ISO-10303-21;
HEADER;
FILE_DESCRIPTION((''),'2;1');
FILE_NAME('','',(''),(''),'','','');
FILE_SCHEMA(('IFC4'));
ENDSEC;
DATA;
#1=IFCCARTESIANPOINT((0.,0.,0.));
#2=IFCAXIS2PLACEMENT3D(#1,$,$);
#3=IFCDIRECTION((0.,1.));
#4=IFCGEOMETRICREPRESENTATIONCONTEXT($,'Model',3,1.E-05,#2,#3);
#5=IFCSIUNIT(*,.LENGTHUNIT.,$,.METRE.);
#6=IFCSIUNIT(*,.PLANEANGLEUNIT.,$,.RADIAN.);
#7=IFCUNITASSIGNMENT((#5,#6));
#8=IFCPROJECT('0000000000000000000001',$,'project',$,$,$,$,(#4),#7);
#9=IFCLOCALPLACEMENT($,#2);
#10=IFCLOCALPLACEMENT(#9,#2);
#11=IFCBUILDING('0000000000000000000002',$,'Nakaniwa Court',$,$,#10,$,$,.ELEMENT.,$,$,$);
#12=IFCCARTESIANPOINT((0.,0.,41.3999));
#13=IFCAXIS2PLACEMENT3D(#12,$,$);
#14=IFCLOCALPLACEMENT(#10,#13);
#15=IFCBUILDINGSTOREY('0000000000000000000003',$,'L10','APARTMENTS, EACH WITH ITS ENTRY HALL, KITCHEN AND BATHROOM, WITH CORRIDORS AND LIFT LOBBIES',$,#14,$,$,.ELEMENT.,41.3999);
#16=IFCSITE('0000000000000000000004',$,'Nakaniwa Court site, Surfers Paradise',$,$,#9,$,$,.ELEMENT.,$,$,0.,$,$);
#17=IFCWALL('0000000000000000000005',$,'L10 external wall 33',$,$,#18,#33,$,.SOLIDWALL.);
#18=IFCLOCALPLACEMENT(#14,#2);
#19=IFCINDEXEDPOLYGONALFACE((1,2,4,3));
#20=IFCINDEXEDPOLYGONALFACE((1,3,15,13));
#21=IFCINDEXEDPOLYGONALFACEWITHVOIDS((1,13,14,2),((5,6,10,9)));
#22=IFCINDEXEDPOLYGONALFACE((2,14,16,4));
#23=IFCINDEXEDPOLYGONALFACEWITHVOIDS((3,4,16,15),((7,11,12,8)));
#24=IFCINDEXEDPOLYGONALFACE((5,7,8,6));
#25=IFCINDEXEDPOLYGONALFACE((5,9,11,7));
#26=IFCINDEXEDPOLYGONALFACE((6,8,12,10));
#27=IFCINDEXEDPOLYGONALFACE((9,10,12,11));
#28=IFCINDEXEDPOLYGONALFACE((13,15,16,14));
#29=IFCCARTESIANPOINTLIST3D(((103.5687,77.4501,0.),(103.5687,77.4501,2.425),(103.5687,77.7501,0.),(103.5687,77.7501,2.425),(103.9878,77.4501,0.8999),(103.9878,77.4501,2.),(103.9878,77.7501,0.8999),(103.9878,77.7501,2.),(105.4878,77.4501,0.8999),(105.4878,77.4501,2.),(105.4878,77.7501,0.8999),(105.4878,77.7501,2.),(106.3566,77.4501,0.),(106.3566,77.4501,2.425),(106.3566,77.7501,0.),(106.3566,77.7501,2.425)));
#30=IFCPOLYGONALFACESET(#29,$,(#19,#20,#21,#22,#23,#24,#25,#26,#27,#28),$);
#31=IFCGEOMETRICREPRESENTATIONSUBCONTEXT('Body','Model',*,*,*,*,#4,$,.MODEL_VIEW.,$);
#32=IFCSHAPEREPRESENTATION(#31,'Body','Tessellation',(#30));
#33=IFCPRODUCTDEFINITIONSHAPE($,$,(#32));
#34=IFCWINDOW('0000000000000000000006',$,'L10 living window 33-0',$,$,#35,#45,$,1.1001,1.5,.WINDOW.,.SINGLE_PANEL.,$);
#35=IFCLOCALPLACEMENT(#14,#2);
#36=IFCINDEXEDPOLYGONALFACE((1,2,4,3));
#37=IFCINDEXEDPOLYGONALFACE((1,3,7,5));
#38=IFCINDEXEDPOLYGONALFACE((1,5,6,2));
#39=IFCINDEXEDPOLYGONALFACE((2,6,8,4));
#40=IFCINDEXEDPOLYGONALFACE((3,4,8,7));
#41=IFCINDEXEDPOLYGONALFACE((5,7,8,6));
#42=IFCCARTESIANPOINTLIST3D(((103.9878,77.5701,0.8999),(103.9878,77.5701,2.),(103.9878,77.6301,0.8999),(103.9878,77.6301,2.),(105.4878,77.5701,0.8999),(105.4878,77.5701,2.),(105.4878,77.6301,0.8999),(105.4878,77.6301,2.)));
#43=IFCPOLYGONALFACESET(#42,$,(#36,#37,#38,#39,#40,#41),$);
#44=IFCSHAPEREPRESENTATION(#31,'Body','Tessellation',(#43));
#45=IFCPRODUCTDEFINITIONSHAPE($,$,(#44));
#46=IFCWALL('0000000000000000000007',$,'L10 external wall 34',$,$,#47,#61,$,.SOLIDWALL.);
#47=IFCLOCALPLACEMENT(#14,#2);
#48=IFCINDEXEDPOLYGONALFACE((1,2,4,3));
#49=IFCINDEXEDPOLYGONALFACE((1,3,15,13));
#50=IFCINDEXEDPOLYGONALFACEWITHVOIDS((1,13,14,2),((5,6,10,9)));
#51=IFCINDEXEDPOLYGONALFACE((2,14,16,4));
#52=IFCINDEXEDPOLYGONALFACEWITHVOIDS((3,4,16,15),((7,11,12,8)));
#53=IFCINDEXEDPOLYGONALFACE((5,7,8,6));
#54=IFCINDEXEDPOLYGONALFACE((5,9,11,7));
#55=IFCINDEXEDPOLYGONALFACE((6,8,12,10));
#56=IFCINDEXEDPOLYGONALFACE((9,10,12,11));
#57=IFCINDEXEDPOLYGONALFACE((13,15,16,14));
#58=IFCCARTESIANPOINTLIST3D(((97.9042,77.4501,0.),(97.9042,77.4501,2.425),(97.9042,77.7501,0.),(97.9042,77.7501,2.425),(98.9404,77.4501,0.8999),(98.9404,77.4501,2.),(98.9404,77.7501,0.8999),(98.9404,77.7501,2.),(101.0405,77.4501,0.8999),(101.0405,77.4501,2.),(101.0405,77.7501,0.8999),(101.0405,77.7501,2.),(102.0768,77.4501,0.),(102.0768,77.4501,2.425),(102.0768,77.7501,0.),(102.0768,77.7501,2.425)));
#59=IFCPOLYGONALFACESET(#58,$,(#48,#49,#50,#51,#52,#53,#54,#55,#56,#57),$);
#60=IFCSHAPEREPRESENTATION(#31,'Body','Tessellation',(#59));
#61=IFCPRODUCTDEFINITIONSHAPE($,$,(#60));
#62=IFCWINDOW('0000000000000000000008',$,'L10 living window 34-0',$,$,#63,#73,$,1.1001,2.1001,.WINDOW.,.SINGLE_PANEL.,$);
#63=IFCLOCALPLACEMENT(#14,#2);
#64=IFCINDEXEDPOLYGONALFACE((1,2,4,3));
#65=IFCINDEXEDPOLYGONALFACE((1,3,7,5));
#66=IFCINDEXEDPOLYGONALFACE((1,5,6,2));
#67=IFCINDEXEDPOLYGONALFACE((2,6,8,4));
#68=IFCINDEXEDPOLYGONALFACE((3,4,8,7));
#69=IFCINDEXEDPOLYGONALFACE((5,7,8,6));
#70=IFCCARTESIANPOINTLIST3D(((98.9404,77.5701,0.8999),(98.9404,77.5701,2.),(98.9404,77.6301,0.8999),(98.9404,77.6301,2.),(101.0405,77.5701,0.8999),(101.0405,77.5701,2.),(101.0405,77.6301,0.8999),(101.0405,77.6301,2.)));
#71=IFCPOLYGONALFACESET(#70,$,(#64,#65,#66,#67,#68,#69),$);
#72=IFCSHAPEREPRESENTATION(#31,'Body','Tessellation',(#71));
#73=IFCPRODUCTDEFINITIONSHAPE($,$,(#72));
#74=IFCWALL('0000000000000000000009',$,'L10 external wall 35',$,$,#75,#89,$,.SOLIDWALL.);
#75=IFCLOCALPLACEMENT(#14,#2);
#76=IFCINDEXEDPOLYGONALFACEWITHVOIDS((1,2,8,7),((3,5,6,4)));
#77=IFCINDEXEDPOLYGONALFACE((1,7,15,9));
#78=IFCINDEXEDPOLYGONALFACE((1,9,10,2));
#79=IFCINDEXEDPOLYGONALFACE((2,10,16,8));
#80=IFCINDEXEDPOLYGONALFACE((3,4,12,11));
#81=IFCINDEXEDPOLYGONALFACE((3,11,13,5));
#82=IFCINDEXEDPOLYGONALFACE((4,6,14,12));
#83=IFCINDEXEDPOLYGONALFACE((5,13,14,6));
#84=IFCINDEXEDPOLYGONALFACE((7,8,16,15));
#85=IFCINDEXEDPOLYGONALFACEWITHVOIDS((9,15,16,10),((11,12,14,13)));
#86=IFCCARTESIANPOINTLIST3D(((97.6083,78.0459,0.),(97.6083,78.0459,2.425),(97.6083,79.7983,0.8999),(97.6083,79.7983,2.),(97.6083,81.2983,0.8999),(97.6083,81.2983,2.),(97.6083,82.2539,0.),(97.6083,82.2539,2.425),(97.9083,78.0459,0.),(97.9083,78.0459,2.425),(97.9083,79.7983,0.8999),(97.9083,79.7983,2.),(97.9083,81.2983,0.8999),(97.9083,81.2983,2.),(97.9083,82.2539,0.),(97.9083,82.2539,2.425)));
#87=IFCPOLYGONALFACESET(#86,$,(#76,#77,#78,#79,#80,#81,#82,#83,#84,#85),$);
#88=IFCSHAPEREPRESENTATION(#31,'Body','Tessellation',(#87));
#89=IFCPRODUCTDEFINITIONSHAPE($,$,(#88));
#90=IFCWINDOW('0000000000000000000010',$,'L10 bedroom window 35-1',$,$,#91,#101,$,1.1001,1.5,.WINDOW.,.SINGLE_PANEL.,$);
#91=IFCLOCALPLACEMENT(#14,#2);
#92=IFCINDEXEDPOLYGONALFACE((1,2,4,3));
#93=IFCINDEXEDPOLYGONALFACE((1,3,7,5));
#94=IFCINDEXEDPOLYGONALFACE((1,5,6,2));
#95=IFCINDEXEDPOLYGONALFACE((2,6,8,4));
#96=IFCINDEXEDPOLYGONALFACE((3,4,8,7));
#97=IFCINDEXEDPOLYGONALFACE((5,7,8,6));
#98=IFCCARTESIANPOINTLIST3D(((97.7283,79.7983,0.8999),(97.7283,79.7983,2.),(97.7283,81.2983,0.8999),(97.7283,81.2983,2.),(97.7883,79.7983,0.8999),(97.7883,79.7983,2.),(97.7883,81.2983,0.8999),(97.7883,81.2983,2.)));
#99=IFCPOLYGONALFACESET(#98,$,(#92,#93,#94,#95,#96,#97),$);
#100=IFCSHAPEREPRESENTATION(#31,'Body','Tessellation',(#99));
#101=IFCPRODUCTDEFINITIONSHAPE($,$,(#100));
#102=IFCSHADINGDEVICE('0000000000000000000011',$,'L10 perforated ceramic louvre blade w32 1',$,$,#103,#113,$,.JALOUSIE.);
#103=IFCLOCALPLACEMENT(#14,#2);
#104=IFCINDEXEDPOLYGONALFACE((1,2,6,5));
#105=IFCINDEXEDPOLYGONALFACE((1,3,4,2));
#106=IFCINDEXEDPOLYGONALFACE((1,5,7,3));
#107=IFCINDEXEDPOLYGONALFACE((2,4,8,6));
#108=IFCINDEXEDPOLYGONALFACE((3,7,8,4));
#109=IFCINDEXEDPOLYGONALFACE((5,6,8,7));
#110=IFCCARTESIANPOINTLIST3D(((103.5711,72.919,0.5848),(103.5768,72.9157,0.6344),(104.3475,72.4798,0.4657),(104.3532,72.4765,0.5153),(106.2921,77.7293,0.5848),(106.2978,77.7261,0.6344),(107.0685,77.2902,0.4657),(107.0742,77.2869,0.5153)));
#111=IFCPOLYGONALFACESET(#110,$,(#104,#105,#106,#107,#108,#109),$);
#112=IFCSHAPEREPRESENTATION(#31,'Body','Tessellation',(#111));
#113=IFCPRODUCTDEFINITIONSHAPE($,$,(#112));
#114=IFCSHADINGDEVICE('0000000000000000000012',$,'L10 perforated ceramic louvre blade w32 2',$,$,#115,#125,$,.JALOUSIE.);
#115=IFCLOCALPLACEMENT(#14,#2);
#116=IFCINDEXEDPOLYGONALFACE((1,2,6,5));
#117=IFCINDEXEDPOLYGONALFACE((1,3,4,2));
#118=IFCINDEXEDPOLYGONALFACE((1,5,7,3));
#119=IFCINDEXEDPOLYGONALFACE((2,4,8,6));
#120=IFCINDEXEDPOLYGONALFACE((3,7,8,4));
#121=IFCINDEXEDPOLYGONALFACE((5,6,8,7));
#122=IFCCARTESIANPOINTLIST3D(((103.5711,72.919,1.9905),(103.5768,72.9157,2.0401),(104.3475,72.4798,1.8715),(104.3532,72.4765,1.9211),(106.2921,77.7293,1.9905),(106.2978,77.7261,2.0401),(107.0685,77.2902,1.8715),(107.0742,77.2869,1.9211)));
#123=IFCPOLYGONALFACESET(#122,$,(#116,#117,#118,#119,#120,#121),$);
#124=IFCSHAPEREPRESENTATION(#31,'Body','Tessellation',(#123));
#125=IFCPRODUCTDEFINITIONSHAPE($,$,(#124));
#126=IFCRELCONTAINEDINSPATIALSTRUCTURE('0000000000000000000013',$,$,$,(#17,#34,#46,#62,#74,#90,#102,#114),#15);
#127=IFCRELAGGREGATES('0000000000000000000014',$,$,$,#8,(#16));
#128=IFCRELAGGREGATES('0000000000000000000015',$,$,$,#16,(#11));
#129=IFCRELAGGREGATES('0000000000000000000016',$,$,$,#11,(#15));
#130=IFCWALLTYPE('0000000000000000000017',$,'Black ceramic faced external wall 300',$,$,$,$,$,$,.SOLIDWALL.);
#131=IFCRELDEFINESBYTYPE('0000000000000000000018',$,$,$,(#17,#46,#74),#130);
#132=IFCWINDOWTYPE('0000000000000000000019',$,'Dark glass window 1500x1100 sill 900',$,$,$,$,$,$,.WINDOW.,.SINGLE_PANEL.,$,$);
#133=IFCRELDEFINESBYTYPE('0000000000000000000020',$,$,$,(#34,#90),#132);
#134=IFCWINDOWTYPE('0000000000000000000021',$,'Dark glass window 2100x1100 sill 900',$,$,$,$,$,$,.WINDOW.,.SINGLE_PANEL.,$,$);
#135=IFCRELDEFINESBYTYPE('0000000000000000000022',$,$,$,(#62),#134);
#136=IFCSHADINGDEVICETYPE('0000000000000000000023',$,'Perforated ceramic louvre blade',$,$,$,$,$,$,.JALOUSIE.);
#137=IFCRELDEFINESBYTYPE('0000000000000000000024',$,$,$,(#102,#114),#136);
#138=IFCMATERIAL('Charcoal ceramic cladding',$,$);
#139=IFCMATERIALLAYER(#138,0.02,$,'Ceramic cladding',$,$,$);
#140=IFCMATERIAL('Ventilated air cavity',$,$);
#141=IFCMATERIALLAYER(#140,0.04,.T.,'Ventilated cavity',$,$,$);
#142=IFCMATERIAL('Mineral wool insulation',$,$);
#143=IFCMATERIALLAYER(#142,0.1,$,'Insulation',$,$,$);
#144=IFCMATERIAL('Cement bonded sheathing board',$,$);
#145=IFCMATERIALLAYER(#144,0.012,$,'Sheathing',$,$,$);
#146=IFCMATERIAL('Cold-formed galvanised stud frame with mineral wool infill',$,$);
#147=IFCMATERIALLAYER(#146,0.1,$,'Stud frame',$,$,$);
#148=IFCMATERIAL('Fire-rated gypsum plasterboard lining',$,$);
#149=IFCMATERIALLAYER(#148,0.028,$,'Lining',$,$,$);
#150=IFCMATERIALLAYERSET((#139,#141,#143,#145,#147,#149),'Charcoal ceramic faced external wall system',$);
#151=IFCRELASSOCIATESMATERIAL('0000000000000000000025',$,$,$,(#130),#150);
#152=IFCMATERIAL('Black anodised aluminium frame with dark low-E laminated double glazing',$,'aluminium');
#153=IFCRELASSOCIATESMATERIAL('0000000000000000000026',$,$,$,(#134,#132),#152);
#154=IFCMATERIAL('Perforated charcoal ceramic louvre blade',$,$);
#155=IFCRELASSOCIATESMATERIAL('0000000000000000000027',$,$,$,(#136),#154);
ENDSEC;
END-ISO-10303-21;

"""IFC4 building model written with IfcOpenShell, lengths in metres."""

from ifc_helpers import new_model, si_unit, direction, frame, frame_2d, origin, origin_2d, place, context, subcontext, project, spatial, rectangle, extrude, material, layer, layer_set, material_profile, profile_set, type_object, element, fill, save


model = new_model("IFC4")

# Units and contexts
model_context = context("Model", 3, precision=1e-05, world=origin(), true_north=direction((0.0, 1.0)))
body_context = subcontext(model_context, "Body", "Model", "MODEL_VIEW")
ifc_project = project(units=[si_unit("LENGTHUNIT", "METRE"), si_unit("PLANEANGLEUNIT", "RADIAN")], contexts=[model_context])

# Site, building, storey
site_placement = place(None, origin())
site = spatial("IfcSite", under=ifc_project, at=site_placement, Name="Nakaniwa Court site, Surfers Paradise", CompositionType="ELEMENT", RefElevation=0.0)
building_placement = place(site_placement, origin())
building = spatial("IfcBuilding", under=site, at=building_placement, Name="Nakaniwa Court", CompositionType="ELEMENT")
storey_placement = place(building_placement, frame((0.0, 0.0, 41.3999)))
storey = spatial("IfcBuildingStorey", under=building, at=storey_placement, Name="L10", Description="APARTMENTS, EACH WITH ITS ENTRY HALL, KITCHEN AND BATHROOM, WITH CORRIDORS AND LIFT LOBBIES", CompositionType="ELEMENT", Elevation=41.3999)

# Shared definitions
ifc_material_1 = material(Name="Charcoal ceramic cladding")
ifc_layer_1 = layer(ifc_material_1, 0.02, Name="Ceramic cladding")
ifc_material_2 = material(Name="Ventilated air cavity")
ifc_layer_2 = layer(ifc_material_2, 0.04, ventilated=True, Name="Ventilated cavity")
ifc_material_3 = material(Name="Mineral wool insulation")
ifc_layer_3 = layer(ifc_material_3, 0.1, Name="Insulation")
ifc_material_4 = material(Name="Cement bonded sheathing board")
ifc_layer_4 = layer(ifc_material_4, 0.012, Name="Sheathing")
ifc_material_5 = material(Name="Cold-formed galvanised stud frame with mineral wool infill")
ifc_layer_5 = layer(ifc_material_5, 0.1, Name="Stud frame")
ifc_material_6 = material(Name="Fire-rated gypsum plasterboard lining")
ifc_layer_6 = layer(ifc_material_6, 0.028, Name="Lining")
ifc_layer_set = layer_set([ifc_layer_1, ifc_layer_2, ifc_layer_3, ifc_layer_4, ifc_layer_5, ifc_layer_6], Name="Charcoal ceramic faced external wall system")
wall_type = type_object("IfcWallType", Name="Black ceramic faced external wall 300", PredefinedType="SOLIDWALL", material=ifc_layer_set)
ifc_material_7 = material(Name="Black anodised aluminium frame with dark low-E laminated double glazing", Category="aluminium")
window_type_1 = type_object("IfcWindowType", Name="Dark glass window 2100x1100 sill 900", PartitioningType="SINGLE_PANEL", PredefinedType="WINDOW", material=ifc_material_7)

# Shared definitions
window_type_2 = type_object("IfcWindowType", Name="Dark glass window 1500x1100 sill 900", PartitioningType="SINGLE_PANEL", PredefinedType="WINDOW", material=ifc_material_7)

# Walls, openings, windows
wall_1_placement = place(storey_placement, frame((106.3567, 77.6001, 0.0), z_axis=(0.0, 0.0, 1.0), x_axis=(-1.0, 0.0, 0.0)))
wall_1 = element("IfcWall", 1, at=wall_1_placement, inside=storey, type_object=wall_type, Name="L10 external wall 33", PredefinedType="SOLIDWALL", context=body_context, shape_type="SweptSolid", body=[
    extrude(rectangle(XDim=2.7878, YDim=0.3, at=frame_2d((1.394, 0.0))), origin(), (0.0, 0.0, 1.0), 2.425),
])
opening_1_placement = place(wall_1_placement, frame((0.8689, 0.0, 0.8999)))
opening_1 = element("IfcOpeningElement", 2, at=opening_1_placement, cuts=wall_1, PredefinedType="OPENING", context=body_context, shape_type="SweptSolid", body=[
    extrude(rectangle(XDim=1.5, YDim=1.1001, at=frame_2d((0.75, 0.55))), frame((0.0, 0.1599, 0.0), z_axis=(0.0, -1.0, 0.0), x_axis=(1.0, 0.0, 0.0)), (0.0, 0.0, 1.0), 0.3201),
])
window_1_placement = place(opening_1_placement, origin())
window_1 = element("IfcWindow", 3, at=window_1_placement, inside=storey, type_object=window_type_2, Name="L10 living window 33-0", OverallHeight=1.1001, OverallWidth=1.5, PartitioningType="SINGLE_PANEL", PredefinedType="WINDOW", context=body_context, shape_type="SweptSolid", body=[
    extrude(rectangle(XDim=1.5, YDim=1.1001, at=frame_2d((0.75, 0.55))), frame((0.0, 0.03, 0.0), z_axis=(0.0, -1.0, 0.0), x_axis=(1.0, 0.0, 0.0)), (0.0, 0.0, 1.0), 0.0601),
])
fill(opening_1, window_1)
wall_2_placement = place(storey_placement, frame((102.0769, 77.6001, 0.0), z_axis=(0.0, 0.0, 1.0), x_axis=(-1.0, 0.0, 0.0)))
wall_2 = element("IfcWall", 4, at=wall_2_placement, inside=storey, type_object=wall_type, Name="L10 external wall 34", PredefinedType="SOLIDWALL", context=body_context, shape_type="SweptSolid", body=[
    extrude(rectangle(XDim=4.1726, YDim=0.3, at=frame_2d((2.0864, 0.0))), origin(), (0.0, 0.0, 1.0), 2.425),
])
opening_2_placement = place(wall_2_placement, frame((1.0364, 0.0, 0.8999)))
opening_2 = element("IfcOpeningElement", 5, at=opening_2_placement, cuts=wall_2, PredefinedType="OPENING", context=body_context, shape_type="SweptSolid", body=[
    extrude(rectangle(XDim=2.1001, YDim=1.1001, at=frame_2d((1.05, 0.55))), frame((0.0, 0.1599, 0.0), z_axis=(0.0, -1.0, 0.0), x_axis=(1.0, 0.0, 0.0)), (0.0, 0.0, 1.0), 0.3201),
])
window_2_placement = place(opening_2_placement, origin())
window_2 = element("IfcWindow", 6, at=window_2_placement, inside=storey, type_object=window_type_1, Name="L10 living window 34-0", OverallHeight=1.1001, OverallWidth=2.1001, PartitioningType="SINGLE_PANEL", PredefinedType="WINDOW", context=body_context, shape_type="SweptSolid", body=[
    extrude(rectangle(XDim=2.1001, YDim=1.1001, at=frame_2d((1.05, 0.55))), frame((0.0, 0.03, 0.0), z_axis=(0.0, -1.0, 0.0), x_axis=(1.0, 0.0, 0.0)), (0.0, 0.0, 1.0), 0.0601),
])
fill(opening_2, window_2)
wall_3_placement = place(storey_placement, frame((97.7583, 78.0459, 0.0), z_axis=(0.0, 0.0, 1.0), x_axis=(0.0, 1.0, 0.0)))
wall_3 = element("IfcWall", 7, at=wall_3_placement, inside=storey, type_object=wall_type, Name="L10 external wall 35", PredefinedType="SOLIDWALL", context=body_context, shape_type="SweptSolid", body=[
    extrude(rectangle(XDim=4.208, YDim=0.3, at=frame_2d((2.104, 0.0))), origin(), (0.0, 0.0, 1.0), 2.425),
])
opening_3_placement = place(wall_3_placement, frame((1.7524, 0.0, 0.8999)))
opening_3 = element("IfcOpeningElement", 8, at=opening_3_placement, cuts=wall_3, PredefinedType="OPENING", context=body_context, shape_type="SweptSolid", body=[
    extrude(rectangle(XDim=1.5, YDim=1.1001, at=frame_2d((0.75, 0.55))), frame((0.0, 0.1599, 0.0), z_axis=(0.0, -1.0, 0.0), x_axis=(1.0, 0.0, 0.0)), (0.0, 0.0, 1.0), 0.3201),
])
window_3_placement = place(opening_3_placement, origin())
window_3 = element("IfcWindow", 9, at=window_3_placement, inside=storey, type_object=window_type_2, Name="L10 bedroom window 35-1", OverallHeight=1.1001, OverallWidth=1.5, PartitioningType="SINGLE_PANEL", PredefinedType="WINDOW", context=body_context, shape_type="SweptSolid", body=[
    extrude(rectangle(XDim=1.5, YDim=1.1001, at=frame_2d((0.75, 0.55))), frame((0.0, 0.03, 0.0), z_axis=(0.0, -1.0, 0.0), x_axis=(1.0, 0.0, 0.0)), (0.0, 0.0, 1.0), 0.0601),
])
fill(opening_3, window_3)

# Shading devices
ifc_material_8 = material(Name="Perforated charcoal ceramic louvre blade")
ifc_material_profile_1 = material_profile(ifc_material_8, rectangle(XDim=0.8999, YDim=0.05, at=origin_2d()), Name="Perforated ceramic louvre blade")
ifc_profile_set_1 = profile_set([ifc_material_profile_1], Name="Perforated charcoal ceramic louvre blade")
shading_device_type = type_object("IfcShadingDeviceType", Name="Perforated ceramic louvre blade", PredefinedType="JALOUSIE", material=ifc_profile_set_1)
for number, where, z_axis, x_axis, name in (
    (10, (103.9622, 72.6978, 0.55), (0.492343, 0.870402, 0.0), (-0.862756, 0.488018, 0.132256), "L10 perforated ceramic louvre blade w32 1"),
    (11, (103.9622, 72.6978, 1.9558), (0.492343, 0.870402, 0.0), (-0.862756, 0.488018, 0.132256), "L10 perforated ceramic louvre blade w32 2"),
):
    element("IfcShadingDevice", number, at=place(storey_placement, frame(where, z_axis=z_axis, x_axis=x_axis)), inside=storey, type_object=shading_device_type, Name=name, PredefinedType="JALOUSIE", context=body_context, shape_type="SweptSolid", body=[
        extrude(rectangle(XDim=0.8999, YDim=0.05, at=origin_2d()), origin(), (0.0, 0.0, 1.0), 5.5266),
    ])

save(model, "model.ifc")
